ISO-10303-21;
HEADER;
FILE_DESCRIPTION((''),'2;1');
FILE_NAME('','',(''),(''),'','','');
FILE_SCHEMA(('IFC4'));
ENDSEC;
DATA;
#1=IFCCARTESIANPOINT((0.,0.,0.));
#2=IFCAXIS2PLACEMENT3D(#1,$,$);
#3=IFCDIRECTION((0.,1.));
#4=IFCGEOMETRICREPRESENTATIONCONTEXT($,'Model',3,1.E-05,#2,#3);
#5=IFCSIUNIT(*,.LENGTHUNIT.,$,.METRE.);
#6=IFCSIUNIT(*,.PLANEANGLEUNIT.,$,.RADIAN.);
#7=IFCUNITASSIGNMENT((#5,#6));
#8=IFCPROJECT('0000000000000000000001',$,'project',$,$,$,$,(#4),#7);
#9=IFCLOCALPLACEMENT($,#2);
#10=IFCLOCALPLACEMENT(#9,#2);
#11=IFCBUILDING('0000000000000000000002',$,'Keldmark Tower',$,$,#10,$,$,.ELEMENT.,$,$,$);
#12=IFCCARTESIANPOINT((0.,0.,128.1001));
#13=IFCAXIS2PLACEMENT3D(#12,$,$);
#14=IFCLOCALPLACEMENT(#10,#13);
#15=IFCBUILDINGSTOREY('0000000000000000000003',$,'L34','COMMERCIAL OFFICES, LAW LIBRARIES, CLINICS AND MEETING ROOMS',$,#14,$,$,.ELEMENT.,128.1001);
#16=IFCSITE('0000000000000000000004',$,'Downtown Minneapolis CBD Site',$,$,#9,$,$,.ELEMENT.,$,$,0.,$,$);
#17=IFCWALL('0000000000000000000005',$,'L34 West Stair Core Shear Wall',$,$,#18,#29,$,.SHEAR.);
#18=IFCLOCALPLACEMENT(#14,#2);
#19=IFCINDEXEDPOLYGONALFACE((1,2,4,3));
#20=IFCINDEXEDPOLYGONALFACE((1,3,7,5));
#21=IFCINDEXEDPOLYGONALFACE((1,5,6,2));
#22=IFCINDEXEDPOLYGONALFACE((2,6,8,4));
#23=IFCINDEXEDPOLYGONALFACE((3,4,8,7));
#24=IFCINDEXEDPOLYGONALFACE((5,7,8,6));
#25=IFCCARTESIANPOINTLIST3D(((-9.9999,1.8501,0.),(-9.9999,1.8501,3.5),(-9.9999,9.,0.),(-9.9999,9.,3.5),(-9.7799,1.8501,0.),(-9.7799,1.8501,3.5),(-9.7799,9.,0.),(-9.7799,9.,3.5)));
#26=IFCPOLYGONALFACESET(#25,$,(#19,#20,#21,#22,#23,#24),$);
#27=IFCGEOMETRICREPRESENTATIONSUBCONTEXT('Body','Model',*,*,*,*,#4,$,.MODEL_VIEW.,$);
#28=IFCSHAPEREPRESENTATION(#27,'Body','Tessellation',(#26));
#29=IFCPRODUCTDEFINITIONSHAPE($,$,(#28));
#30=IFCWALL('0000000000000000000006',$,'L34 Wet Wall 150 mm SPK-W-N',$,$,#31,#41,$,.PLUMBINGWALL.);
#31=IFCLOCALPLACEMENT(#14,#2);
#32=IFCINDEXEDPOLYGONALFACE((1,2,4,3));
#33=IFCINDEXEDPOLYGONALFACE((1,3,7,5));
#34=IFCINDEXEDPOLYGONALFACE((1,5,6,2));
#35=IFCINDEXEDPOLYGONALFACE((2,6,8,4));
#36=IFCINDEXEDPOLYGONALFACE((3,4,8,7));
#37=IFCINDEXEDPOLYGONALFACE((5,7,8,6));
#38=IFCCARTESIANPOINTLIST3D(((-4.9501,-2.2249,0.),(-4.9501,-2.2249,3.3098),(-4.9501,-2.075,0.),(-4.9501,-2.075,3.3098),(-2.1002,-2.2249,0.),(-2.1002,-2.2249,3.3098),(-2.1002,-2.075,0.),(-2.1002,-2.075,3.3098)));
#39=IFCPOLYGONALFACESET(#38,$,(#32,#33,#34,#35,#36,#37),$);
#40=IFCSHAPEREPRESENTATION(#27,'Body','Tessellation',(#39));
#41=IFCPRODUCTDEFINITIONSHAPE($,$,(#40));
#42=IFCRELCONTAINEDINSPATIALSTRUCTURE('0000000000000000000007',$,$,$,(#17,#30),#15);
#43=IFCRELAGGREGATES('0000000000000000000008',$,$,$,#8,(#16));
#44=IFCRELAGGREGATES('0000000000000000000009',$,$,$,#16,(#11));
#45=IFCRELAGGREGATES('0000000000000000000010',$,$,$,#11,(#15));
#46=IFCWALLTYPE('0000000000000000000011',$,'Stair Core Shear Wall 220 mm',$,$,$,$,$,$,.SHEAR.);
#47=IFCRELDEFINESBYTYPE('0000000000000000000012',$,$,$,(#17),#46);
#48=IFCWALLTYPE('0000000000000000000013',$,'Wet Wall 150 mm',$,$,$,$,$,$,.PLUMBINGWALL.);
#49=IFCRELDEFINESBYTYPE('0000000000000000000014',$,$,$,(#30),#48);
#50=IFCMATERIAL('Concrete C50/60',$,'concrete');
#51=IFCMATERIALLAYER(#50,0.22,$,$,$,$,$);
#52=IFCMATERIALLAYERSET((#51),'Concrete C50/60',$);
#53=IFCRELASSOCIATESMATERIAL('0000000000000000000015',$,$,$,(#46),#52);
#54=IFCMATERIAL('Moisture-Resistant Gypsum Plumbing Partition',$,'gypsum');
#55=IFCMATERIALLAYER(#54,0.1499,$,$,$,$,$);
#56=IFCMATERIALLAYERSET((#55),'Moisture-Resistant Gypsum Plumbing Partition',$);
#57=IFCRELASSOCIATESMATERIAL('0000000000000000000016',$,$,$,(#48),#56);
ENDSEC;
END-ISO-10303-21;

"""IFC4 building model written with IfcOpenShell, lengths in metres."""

from ifc_helpers import new_model, si_unit, direction, frame, frame_2d, origin, place, context, subcontext, project, spatial, rectangle, extrude, material, layer, layer_set, type_object, element, save


model = new_model("IFC4")

# Units and contexts
model_context = context("Model", 3, precision=1e-05, world=origin(), true_north=direction((0.0, 1.0)))
body_context = subcontext(model_context, "Body", "Model", "MODEL_VIEW")
ifc_project = project(units=[si_unit("LENGTHUNIT", "METRE"), si_unit("PLANEANGLEUNIT", "RADIAN")], contexts=[model_context])

# Site, building, storey
site_placement = place(None, origin())
site = spatial("IfcSite", under=ifc_project, at=site_placement, Name="Downtown Minneapolis CBD Site", CompositionType="ELEMENT", RefElevation=0.0)
building_placement = place(site_placement, origin())
building = spatial("IfcBuilding", under=site, at=building_placement, Name="Keldmark Tower", CompositionType="ELEMENT")
storey_placement = place(building_placement, frame((0.0, 0.0, 128.1001)))
storey = spatial("IfcBuildingStorey", under=building, at=storey_placement, Name="L34", Description="COMMERCIAL OFFICES, LAW LIBRARIES, CLINICS AND MEETING ROOMS", CompositionType="ELEMENT", Elevation=128.1001)

# Walls
ifc_material_1 = material(Name="Concrete C50/60", Category="concrete")
ifc_layer_1 = layer(ifc_material_1, 0.22)
ifc_layer_set_1 = layer_set([ifc_layer_1], Name="Concrete C50/60")
wall_type_1 = type_object("IfcWallType", Name="Stair Core Shear Wall 220 mm", PredefinedType="SHEAR", material=ifc_layer_set_1)
wall_1_placement = place(storey_placement, frame((-9.8899, 1.8501, 0.0), z_axis=(0.0, 0.0, 1.0), x_axis=(0.0, 1.0, 0.0)))
element("IfcWall", 1, at=wall_1_placement, inside=storey, type_object=wall_type_1, Name="L34 West Stair Core Shear Wall", PredefinedType="SHEAR", context=body_context, shape_type="SweptSolid", body=[
    extrude(rectangle(XDim=7.1499, YDim=0.22, at=frame_2d((3.575, 0.0))), origin(), (0.0, 0.0, 1.0), 3.5),
])
ifc_material_2 = material(Name="Moisture-Resistant Gypsum Plumbing Partition", Category="gypsum")
ifc_layer_2 = layer(ifc_material_2, 0.1499)
ifc_layer_set_2 = layer_set([ifc_layer_2], Name="Moisture-Resistant Gypsum Plumbing Partition")
wall_type_2 = type_object("IfcWallType", Name="Wet Wall 150 mm", PredefinedType="PLUMBINGWALL", material=ifc_layer_set_2)
wall_2_placement = place(storey_placement, frame((-4.95, -2.1499, 0.0), z_axis=(0.0, 0.0, 1.0), x_axis=(1.0, 0.0, 0.0)))
element("IfcWall", 2, at=wall_2_placement, inside=storey, type_object=wall_type_2, Name="L34 Wet Wall 150 mm SPK-W-N", PredefinedType="PLUMBINGWALL", context=body_context, shape_type="SweptSolid", body=[
    extrude(rectangle(XDim=2.8499, YDim=0.1499, at=frame_2d((1.4248, 0.0))), origin(), (0.0, 0.0, 1.0), 3.3098),
])

save(model, "model.ifc")
